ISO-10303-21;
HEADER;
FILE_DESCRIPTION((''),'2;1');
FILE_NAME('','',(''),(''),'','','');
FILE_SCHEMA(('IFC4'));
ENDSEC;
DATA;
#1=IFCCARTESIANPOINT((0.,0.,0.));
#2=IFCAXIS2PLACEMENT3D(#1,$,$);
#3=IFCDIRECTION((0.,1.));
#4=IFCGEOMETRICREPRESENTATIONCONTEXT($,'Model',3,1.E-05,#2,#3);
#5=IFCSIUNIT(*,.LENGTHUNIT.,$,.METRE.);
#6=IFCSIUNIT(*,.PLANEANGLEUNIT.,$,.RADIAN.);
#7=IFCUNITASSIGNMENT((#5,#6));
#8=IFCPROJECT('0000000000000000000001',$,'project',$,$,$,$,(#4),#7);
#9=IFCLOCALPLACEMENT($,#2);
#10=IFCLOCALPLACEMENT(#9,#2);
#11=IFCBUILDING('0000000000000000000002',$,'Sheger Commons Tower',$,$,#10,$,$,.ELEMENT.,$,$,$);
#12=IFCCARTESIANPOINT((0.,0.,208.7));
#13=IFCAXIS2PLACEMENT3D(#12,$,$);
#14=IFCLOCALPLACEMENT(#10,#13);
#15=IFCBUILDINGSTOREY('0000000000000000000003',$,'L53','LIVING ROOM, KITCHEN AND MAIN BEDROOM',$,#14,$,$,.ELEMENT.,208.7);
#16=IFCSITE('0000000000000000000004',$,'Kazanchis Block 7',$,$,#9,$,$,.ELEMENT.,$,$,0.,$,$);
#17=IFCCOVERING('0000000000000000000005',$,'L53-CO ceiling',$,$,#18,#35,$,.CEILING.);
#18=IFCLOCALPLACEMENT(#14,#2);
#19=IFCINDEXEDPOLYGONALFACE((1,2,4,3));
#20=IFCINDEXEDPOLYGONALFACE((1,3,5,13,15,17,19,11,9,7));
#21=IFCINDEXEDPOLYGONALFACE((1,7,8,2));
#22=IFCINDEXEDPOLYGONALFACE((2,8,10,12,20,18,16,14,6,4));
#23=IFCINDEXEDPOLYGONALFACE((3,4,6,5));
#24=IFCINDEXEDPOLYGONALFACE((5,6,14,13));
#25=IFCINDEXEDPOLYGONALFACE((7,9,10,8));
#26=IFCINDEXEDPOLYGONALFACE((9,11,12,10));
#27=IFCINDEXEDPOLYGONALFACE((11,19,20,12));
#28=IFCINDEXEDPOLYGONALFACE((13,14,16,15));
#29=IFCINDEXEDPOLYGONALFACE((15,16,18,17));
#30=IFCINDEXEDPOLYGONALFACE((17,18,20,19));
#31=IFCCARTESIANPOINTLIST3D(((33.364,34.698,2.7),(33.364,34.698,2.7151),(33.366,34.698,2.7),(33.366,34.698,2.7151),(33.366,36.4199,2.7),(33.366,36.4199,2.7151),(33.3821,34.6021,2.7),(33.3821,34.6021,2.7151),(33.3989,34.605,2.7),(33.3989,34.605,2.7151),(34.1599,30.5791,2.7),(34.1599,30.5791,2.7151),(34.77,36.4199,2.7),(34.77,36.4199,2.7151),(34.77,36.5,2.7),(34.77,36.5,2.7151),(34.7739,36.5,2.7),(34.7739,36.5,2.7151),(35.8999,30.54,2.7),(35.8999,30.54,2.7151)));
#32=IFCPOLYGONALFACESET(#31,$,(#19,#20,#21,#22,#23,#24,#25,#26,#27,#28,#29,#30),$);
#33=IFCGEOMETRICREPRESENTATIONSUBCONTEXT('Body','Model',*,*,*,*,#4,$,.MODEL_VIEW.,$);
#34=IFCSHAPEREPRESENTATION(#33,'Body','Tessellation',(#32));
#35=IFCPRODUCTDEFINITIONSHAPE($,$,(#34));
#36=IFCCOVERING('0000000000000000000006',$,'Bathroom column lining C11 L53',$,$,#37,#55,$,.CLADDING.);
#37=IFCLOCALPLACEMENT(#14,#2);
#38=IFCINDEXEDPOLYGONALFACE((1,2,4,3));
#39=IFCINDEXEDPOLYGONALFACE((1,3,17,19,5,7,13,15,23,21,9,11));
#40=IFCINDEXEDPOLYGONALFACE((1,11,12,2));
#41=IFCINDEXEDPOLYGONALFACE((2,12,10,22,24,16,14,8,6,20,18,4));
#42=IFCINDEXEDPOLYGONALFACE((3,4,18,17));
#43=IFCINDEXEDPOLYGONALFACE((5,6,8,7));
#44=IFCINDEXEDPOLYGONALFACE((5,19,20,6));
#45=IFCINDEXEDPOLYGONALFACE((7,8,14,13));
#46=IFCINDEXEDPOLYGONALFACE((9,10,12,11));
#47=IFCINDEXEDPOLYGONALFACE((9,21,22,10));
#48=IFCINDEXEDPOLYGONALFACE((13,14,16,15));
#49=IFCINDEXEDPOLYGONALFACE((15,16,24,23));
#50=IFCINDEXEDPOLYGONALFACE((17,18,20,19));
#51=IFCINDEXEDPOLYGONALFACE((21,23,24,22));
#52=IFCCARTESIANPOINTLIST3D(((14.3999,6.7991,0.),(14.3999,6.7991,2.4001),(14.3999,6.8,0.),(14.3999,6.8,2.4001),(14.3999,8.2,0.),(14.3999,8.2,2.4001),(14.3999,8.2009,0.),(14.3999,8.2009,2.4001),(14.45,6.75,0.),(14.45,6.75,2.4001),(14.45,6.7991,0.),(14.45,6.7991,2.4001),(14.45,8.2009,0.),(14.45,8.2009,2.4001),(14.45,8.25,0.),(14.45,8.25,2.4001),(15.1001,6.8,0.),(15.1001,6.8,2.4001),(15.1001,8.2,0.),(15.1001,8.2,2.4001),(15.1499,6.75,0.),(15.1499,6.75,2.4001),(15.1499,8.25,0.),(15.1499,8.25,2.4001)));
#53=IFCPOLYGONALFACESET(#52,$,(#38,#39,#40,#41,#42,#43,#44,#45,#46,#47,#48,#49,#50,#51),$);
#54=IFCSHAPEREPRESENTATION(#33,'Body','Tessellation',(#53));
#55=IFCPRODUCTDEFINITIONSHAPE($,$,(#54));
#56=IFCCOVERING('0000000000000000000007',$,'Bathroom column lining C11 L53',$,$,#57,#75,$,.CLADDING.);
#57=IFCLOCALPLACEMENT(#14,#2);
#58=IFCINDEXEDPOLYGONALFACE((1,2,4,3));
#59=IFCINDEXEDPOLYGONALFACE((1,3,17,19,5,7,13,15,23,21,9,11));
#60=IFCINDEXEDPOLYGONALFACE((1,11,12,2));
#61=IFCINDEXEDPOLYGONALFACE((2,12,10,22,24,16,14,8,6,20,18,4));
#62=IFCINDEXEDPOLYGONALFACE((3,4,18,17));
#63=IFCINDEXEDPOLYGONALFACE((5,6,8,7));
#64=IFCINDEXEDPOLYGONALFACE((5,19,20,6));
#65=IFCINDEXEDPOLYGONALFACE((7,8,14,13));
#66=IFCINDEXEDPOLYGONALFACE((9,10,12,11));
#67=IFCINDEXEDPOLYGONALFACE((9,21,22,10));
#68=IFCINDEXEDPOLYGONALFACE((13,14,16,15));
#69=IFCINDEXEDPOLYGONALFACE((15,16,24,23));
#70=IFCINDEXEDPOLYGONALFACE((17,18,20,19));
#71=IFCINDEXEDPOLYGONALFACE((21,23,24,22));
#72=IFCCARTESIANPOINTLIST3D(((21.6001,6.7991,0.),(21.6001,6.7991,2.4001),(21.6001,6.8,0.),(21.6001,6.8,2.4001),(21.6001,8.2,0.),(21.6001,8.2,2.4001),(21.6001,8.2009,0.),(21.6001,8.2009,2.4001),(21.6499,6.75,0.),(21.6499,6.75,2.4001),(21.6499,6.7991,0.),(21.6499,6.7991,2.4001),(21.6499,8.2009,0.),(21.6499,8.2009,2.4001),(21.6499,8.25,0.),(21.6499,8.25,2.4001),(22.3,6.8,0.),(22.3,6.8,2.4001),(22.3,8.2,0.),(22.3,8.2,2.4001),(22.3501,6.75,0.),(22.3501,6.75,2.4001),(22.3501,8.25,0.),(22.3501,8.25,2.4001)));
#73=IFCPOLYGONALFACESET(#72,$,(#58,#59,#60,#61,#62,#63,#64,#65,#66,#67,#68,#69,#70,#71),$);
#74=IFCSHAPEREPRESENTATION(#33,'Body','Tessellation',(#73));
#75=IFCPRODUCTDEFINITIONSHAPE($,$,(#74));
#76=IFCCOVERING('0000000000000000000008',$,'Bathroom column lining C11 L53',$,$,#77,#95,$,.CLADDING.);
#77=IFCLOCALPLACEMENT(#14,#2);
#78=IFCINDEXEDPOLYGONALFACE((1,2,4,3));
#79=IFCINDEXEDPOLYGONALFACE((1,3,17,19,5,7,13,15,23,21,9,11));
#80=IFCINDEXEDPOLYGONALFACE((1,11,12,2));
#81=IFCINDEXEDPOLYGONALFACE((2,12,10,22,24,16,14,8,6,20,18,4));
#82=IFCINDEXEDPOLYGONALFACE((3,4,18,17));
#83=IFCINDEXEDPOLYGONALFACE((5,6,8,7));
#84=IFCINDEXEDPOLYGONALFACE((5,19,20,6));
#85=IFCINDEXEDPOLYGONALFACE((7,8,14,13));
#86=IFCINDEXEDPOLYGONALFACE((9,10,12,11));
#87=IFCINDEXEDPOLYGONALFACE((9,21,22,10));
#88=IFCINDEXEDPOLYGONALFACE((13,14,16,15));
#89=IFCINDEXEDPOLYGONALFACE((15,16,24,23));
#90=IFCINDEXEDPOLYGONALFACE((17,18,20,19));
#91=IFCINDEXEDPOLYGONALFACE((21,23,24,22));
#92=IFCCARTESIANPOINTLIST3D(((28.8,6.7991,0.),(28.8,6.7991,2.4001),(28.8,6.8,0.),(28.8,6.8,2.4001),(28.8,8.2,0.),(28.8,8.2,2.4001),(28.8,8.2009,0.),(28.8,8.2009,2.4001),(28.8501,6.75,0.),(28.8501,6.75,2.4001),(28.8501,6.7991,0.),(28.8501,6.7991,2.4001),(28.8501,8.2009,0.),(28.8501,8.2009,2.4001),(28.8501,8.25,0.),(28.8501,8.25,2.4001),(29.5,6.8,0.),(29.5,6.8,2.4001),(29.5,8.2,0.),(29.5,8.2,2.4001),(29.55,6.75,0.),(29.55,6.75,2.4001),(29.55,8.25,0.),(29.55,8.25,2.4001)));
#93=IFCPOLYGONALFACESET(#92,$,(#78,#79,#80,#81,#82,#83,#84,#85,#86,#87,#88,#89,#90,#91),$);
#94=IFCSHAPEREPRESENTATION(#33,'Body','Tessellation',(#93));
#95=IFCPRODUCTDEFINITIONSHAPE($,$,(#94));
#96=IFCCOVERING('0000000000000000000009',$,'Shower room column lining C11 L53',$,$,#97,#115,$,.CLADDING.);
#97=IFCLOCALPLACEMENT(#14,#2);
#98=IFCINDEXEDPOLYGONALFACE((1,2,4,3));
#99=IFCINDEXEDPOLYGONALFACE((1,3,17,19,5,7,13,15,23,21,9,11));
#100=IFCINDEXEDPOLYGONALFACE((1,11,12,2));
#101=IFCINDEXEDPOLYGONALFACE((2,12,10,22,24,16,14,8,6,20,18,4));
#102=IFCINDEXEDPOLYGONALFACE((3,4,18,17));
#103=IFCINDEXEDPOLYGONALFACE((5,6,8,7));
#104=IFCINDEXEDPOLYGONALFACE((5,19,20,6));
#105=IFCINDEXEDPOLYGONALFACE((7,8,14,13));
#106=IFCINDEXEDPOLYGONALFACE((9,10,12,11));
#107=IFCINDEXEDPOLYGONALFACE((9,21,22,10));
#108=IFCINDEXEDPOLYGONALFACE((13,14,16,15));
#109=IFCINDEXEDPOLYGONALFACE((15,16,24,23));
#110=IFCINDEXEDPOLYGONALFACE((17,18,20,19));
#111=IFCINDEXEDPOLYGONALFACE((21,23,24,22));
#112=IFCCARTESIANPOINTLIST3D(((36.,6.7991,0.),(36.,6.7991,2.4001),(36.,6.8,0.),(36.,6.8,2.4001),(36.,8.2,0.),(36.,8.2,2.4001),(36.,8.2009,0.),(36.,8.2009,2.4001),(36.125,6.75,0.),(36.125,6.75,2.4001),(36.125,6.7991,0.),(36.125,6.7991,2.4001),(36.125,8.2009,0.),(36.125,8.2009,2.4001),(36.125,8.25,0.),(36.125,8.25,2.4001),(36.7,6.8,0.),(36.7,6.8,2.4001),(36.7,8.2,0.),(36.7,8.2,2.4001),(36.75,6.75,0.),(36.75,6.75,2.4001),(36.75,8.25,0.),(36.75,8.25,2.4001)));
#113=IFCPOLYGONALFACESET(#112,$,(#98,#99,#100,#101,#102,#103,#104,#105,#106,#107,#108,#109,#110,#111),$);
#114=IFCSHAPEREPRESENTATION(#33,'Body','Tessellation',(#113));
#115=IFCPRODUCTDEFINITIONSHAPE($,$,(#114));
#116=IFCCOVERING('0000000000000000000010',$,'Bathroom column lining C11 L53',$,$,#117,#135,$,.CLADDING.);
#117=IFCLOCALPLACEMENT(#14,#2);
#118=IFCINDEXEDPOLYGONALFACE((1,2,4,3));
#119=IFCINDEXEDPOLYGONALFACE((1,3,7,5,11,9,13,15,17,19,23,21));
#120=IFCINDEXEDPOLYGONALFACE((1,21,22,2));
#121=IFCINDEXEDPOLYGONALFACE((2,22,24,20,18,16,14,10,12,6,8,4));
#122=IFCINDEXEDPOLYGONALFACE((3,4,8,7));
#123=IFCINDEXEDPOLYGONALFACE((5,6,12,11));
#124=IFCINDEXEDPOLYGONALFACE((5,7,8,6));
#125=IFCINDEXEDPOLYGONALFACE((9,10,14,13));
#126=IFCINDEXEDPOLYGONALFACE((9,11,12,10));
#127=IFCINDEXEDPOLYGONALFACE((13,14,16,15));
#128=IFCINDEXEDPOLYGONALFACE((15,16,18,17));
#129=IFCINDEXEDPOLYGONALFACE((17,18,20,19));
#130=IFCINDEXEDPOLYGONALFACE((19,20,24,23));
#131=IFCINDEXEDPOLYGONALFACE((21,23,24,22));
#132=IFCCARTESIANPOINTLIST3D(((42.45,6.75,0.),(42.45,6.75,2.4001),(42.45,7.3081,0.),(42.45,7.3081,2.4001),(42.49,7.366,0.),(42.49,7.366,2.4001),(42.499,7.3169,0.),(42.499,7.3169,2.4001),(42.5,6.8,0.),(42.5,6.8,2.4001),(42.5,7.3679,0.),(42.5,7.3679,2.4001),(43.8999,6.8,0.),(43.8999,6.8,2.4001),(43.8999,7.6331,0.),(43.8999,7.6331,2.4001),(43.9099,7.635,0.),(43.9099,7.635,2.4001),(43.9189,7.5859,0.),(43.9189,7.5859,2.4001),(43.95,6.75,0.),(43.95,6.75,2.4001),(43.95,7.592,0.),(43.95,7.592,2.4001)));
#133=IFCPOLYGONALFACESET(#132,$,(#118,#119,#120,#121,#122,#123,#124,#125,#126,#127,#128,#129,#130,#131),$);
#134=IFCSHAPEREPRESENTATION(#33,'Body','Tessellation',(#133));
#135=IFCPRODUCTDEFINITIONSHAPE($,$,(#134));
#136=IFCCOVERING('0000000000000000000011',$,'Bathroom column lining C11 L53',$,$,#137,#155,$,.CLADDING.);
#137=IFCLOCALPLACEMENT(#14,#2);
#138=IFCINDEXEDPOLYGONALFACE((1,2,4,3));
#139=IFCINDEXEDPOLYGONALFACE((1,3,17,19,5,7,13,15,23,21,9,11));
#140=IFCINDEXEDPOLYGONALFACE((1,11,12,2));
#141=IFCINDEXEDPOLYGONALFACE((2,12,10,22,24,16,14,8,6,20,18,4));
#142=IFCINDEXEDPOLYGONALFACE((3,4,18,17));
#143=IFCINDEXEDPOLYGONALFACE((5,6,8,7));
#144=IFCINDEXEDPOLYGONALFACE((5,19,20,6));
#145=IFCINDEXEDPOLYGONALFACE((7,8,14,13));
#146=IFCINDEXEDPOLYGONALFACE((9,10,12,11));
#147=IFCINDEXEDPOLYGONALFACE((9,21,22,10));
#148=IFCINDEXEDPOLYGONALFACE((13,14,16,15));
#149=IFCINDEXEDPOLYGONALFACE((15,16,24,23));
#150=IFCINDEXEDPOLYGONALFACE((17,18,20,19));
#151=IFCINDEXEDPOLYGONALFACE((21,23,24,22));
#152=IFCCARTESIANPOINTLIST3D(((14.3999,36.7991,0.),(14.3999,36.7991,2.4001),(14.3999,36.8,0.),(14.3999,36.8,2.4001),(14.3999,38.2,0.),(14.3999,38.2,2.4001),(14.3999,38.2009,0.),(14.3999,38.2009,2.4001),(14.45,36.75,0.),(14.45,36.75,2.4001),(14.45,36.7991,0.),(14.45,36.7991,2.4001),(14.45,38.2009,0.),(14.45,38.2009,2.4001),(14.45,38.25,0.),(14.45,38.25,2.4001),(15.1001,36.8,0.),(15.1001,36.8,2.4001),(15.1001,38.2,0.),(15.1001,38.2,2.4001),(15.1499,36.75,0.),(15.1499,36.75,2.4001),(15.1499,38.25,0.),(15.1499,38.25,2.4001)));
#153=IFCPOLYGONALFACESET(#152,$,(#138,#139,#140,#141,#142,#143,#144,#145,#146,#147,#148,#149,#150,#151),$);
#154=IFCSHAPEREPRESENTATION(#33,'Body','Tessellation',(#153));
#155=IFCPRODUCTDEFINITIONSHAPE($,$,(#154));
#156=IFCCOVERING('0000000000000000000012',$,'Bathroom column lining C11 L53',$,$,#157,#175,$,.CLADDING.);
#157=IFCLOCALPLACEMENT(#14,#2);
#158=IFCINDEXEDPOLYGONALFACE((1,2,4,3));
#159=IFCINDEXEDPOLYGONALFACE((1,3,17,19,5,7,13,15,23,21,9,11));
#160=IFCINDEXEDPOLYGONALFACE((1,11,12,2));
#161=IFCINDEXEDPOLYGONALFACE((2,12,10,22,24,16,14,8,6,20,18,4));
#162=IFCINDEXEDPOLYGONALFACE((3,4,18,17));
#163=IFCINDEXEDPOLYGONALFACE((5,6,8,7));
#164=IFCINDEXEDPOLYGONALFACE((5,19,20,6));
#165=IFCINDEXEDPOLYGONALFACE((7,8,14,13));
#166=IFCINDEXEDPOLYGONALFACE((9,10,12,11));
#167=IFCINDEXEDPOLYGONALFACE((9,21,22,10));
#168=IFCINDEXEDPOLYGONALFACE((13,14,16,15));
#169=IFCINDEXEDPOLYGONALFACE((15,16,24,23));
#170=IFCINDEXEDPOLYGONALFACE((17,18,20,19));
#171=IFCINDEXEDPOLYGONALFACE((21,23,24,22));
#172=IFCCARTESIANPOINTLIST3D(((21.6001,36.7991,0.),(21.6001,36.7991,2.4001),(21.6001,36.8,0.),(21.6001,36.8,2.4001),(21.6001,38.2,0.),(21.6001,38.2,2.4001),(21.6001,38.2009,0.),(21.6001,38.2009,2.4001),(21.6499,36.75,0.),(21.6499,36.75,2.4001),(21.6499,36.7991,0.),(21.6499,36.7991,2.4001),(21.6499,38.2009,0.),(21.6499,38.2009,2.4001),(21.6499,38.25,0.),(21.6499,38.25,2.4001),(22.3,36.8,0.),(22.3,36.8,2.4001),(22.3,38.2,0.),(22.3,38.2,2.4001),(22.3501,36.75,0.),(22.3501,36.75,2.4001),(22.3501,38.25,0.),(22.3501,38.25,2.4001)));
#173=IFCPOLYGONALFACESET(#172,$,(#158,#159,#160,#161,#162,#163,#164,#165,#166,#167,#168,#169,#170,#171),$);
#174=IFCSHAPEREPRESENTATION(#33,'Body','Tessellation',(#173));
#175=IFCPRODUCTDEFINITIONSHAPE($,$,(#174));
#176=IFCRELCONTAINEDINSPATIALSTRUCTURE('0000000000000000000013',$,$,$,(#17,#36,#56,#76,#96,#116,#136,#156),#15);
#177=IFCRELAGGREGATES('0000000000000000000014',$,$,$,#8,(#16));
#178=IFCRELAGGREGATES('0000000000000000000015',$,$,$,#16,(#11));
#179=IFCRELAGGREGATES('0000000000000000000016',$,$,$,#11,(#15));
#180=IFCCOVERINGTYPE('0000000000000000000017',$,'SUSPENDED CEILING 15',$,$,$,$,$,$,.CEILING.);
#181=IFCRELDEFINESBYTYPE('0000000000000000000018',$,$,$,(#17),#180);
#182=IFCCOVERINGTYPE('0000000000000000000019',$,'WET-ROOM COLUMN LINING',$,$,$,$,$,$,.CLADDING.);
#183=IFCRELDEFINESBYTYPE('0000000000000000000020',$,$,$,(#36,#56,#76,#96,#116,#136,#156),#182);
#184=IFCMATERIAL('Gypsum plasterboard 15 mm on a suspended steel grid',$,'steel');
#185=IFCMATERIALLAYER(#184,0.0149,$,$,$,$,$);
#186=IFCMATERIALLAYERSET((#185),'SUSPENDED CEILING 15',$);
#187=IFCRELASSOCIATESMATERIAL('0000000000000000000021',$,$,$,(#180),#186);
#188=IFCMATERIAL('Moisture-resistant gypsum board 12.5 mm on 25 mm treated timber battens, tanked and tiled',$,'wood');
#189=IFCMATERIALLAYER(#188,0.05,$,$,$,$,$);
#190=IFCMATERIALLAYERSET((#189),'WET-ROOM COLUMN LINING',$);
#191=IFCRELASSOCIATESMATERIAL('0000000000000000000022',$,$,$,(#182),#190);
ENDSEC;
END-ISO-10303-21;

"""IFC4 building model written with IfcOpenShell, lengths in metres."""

from ifc_helpers import new_model, si_unit, direction, frame, origin, place, context, subcontext, project, spatial, polyline, outline, extrude, material, layer, layer_set, type_object, element, save


model = new_model("IFC4")

# Units and contexts
model_context = context("Model", 3, precision=1e-05, world=origin(), true_north=direction((0.0, 1.0)))
body_context = subcontext(model_context, "Body", "Model", "MODEL_VIEW")
ifc_project = project(units=[si_unit("LENGTHUNIT", "METRE"), si_unit("PLANEANGLEUNIT", "RADIAN")], contexts=[model_context])

# Site, building, storey
site_placement = place(None, origin())
site = spatial("IfcSite", under=ifc_project, at=site_placement, Name="Kazanchis Block 7", CompositionType="ELEMENT", RefElevation=0.0)
building_placement = place(site_placement, origin())
building = spatial("IfcBuilding", under=site, at=building_placement, Name="Sheger Commons Tower", CompositionType="ELEMENT")
storey_placement = place(building_placement, frame((0.0, 0.0, 208.7)))
storey = spatial("IfcBuildingStorey", under=building, at=storey_placement, Name="L53", Description="LIVING ROOM, KITCHEN AND MAIN BEDROOM", CompositionType="ELEMENT", Elevation=208.7)

# Coverings
ifc_material_1 = material(Name="Gypsum plasterboard 15 mm on a suspended steel grid", Category="steel")
ifc_layer_1 = layer(ifc_material_1, 0.0149)
ifc_layer_set_1 = layer_set([ifc_layer_1], Name="SUSPENDED CEILING 15")
covering_type_1 = type_object("IfcCoveringType", Name="SUSPENDED CEILING 15", PredefinedType="CEILING", material=ifc_layer_set_1)
covering_1_placement = place(storey_placement, frame((0.0, 0.0, 2.7)))
element("IfcCovering", 1, at=covering_1_placement, inside=storey, type_object=covering_type_1, Name="L53-CO ceiling", PredefinedType="CEILING", context=body_context, shape_type="SweptSolid", body=[
    extrude(outline(polyline([(35.8999, 30.54), (34.7739, 36.5), (34.77, 36.5), (34.77, 36.4199), (33.366, 36.4199), (33.366, 34.698), (33.364, 34.698), (33.3821, 34.6021), (33.3989, 34.605), (34.1599, 30.5791), (35.8999, 30.54)])), origin(), (0.0, 0.0, 1.0), 0.0151),
])
ifc_material_2 = material(Name="Moisture-resistant gypsum board 12.5 mm on 25 mm treated timber battens, tanked and tiled", Category="wood")
ifc_layer_2 = layer(ifc_material_2, 0.05)
ifc_layer_set_2 = layer_set([ifc_layer_2], Name="WET-ROOM COLUMN LINING")
covering_type_2 = type_object("IfcCoveringType", Name="WET-ROOM COLUMN LINING", PredefinedType="CLADDING", material=ifc_layer_set_2)
covering_2_placement = place(storey_placement, origin())
element("IfcCovering", 2, at=covering_2_placement, inside=storey, type_object=covering_type_2, Name="Bathroom column lining C11 L53", PredefinedType="CLADDING", context=body_context, shape_type="SweptSolid", body=[
    extrude(outline(polyline([(15.1499, 6.75), (14.45, 6.75), (14.45, 6.7991), (14.3999, 6.7991), (14.3999, 6.8), (15.1001, 6.8), (15.1001, 8.2), (14.3999, 8.2), (14.3999, 8.2009), (14.45, 8.2009), (14.45, 8.25), (15.1499, 8.25), (15.1499, 6.75)])), origin(), (0.0, 0.0, 1.0), 2.4001),
])
covering_3_placement = place(storey_placement, origin())
element("IfcCovering", 3, at=covering_3_placement, inside=storey, type_object=covering_type_2, Name="Bathroom column lining C11 L53", PredefinedType="CLADDING", context=body_context, shape_type="SweptSolid", body=[
    extrude(outline(polyline([(22.3501, 6.75), (21.6499, 6.75), (21.6499, 6.7991), (21.6001, 6.7991), (21.6001, 6.8), (22.3, 6.8), (22.3, 8.2), (21.6001, 8.2), (21.6001, 8.2009), (21.6499, 8.2009), (21.6499, 8.25), (22.3501, 8.25), (22.3501, 6.75)])), origin(), (0.0, 0.0, 1.0), 2.4001),
])
covering_4_placement = place(storey_placement, origin())
element("IfcCovering", 4, at=covering_4_placement, inside=storey, type_object=covering_type_2, Name="Bathroom column lining C11 L53", PredefinedType="CLADDING", context=body_context, shape_type="SweptSolid", body=[
    extrude(outline(polyline([(29.55, 6.75), (28.8501, 6.75), (28.8501, 6.7991), (28.8, 6.7991), (28.8, 6.8), (29.5, 6.8), (29.5, 8.2), (28.8, 8.2), (28.8, 8.2009), (28.8501, 8.2009), (28.8501, 8.25), (29.55, 8.25), (29.55, 6.75)])), origin(), (0.0, 0.0, 1.0), 2.4001),
])
covering_5_placement = place(storey_placement, origin())
element("IfcCovering", 5, at=covering_5_placement, inside=storey, type_object=covering_type_2, Name="Shower room column lining C11 L53", PredefinedType="CLADDING", context=body_context, shape_type="SweptSolid", body=[
    extrude(outline(polyline([(36.75, 6.75), (36.125, 6.75), (36.125, 6.7991), (36.0, 6.7991), (36.0, 6.8), (36.7, 6.8), (36.7, 8.2), (36.0, 8.2), (36.0, 8.2009), (36.125, 8.2009), (36.125, 8.25), (36.75, 8.25), (36.75, 6.75)])), origin(), (0.0, 0.0, 1.0), 2.4001),
])
covering_6_placement = place(storey_placement, origin())
element("IfcCovering", 6, at=covering_6_placement, inside=storey, type_object=covering_type_2, Name="Bathroom column lining C11 L53", PredefinedType="CLADDING", context=body_context, shape_type="SweptSolid", body=[
    extrude(outline(polyline([(42.5, 7.3679), (42.5, 6.8), (43.8999, 6.8), (43.8999, 7.6331), (43.9099, 7.635), (43.9189, 7.5859), (43.95, 7.592), (43.95, 6.75), (42.45, 6.75), (42.45, 7.3081), (42.499, 7.3169), (42.49, 7.366), (42.5, 7.3679)])), origin(), (0.0, 0.0, 1.0), 2.4001),
])
covering_7_placement = place(storey_placement, origin())
element("IfcCovering", 7, at=covering_7_placement, inside=storey, type_object=covering_type_2, Name="Bathroom column lining C11 L53", PredefinedType="CLADDING", context=body_context, shape_type="SweptSolid", body=[
    extrude(outline(polyline([(15.1499, 36.75), (14.45, 36.75), (14.45, 36.7991), (14.3999, 36.7991), (14.3999, 36.8), (15.1001, 36.8), (15.1001, 38.2), (14.3999, 38.2), (14.3999, 38.2009), (14.45, 38.2009), (14.45, 38.25), (15.1499, 38.25), (15.1499, 36.75)])), origin(), (0.0, 0.0, 1.0), 2.4001),
])
covering_8_placement = place(storey_placement, origin())
element("IfcCovering", 8, at=covering_8_placement, inside=storey, type_object=covering_type_2, Name="Bathroom column lining C11 L53", PredefinedType="CLADDING", context=body_context, shape_type="SweptSolid", body=[
    extrude(outline(polyline([(22.3501, 36.75), (21.6499, 36.75), (21.6499, 36.7991), (21.6001, 36.7991), (21.6001, 36.8), (22.3, 36.8), (22.3, 38.2), (21.6001, 38.2), (21.6001, 38.2009), (21.6499, 38.2009), (21.6499, 38.25), (22.3501, 38.25), (22.3501, 36.75)])), origin(), (0.0, 0.0, 1.0), 2.4001),
])

save(model, "model.ifc")
